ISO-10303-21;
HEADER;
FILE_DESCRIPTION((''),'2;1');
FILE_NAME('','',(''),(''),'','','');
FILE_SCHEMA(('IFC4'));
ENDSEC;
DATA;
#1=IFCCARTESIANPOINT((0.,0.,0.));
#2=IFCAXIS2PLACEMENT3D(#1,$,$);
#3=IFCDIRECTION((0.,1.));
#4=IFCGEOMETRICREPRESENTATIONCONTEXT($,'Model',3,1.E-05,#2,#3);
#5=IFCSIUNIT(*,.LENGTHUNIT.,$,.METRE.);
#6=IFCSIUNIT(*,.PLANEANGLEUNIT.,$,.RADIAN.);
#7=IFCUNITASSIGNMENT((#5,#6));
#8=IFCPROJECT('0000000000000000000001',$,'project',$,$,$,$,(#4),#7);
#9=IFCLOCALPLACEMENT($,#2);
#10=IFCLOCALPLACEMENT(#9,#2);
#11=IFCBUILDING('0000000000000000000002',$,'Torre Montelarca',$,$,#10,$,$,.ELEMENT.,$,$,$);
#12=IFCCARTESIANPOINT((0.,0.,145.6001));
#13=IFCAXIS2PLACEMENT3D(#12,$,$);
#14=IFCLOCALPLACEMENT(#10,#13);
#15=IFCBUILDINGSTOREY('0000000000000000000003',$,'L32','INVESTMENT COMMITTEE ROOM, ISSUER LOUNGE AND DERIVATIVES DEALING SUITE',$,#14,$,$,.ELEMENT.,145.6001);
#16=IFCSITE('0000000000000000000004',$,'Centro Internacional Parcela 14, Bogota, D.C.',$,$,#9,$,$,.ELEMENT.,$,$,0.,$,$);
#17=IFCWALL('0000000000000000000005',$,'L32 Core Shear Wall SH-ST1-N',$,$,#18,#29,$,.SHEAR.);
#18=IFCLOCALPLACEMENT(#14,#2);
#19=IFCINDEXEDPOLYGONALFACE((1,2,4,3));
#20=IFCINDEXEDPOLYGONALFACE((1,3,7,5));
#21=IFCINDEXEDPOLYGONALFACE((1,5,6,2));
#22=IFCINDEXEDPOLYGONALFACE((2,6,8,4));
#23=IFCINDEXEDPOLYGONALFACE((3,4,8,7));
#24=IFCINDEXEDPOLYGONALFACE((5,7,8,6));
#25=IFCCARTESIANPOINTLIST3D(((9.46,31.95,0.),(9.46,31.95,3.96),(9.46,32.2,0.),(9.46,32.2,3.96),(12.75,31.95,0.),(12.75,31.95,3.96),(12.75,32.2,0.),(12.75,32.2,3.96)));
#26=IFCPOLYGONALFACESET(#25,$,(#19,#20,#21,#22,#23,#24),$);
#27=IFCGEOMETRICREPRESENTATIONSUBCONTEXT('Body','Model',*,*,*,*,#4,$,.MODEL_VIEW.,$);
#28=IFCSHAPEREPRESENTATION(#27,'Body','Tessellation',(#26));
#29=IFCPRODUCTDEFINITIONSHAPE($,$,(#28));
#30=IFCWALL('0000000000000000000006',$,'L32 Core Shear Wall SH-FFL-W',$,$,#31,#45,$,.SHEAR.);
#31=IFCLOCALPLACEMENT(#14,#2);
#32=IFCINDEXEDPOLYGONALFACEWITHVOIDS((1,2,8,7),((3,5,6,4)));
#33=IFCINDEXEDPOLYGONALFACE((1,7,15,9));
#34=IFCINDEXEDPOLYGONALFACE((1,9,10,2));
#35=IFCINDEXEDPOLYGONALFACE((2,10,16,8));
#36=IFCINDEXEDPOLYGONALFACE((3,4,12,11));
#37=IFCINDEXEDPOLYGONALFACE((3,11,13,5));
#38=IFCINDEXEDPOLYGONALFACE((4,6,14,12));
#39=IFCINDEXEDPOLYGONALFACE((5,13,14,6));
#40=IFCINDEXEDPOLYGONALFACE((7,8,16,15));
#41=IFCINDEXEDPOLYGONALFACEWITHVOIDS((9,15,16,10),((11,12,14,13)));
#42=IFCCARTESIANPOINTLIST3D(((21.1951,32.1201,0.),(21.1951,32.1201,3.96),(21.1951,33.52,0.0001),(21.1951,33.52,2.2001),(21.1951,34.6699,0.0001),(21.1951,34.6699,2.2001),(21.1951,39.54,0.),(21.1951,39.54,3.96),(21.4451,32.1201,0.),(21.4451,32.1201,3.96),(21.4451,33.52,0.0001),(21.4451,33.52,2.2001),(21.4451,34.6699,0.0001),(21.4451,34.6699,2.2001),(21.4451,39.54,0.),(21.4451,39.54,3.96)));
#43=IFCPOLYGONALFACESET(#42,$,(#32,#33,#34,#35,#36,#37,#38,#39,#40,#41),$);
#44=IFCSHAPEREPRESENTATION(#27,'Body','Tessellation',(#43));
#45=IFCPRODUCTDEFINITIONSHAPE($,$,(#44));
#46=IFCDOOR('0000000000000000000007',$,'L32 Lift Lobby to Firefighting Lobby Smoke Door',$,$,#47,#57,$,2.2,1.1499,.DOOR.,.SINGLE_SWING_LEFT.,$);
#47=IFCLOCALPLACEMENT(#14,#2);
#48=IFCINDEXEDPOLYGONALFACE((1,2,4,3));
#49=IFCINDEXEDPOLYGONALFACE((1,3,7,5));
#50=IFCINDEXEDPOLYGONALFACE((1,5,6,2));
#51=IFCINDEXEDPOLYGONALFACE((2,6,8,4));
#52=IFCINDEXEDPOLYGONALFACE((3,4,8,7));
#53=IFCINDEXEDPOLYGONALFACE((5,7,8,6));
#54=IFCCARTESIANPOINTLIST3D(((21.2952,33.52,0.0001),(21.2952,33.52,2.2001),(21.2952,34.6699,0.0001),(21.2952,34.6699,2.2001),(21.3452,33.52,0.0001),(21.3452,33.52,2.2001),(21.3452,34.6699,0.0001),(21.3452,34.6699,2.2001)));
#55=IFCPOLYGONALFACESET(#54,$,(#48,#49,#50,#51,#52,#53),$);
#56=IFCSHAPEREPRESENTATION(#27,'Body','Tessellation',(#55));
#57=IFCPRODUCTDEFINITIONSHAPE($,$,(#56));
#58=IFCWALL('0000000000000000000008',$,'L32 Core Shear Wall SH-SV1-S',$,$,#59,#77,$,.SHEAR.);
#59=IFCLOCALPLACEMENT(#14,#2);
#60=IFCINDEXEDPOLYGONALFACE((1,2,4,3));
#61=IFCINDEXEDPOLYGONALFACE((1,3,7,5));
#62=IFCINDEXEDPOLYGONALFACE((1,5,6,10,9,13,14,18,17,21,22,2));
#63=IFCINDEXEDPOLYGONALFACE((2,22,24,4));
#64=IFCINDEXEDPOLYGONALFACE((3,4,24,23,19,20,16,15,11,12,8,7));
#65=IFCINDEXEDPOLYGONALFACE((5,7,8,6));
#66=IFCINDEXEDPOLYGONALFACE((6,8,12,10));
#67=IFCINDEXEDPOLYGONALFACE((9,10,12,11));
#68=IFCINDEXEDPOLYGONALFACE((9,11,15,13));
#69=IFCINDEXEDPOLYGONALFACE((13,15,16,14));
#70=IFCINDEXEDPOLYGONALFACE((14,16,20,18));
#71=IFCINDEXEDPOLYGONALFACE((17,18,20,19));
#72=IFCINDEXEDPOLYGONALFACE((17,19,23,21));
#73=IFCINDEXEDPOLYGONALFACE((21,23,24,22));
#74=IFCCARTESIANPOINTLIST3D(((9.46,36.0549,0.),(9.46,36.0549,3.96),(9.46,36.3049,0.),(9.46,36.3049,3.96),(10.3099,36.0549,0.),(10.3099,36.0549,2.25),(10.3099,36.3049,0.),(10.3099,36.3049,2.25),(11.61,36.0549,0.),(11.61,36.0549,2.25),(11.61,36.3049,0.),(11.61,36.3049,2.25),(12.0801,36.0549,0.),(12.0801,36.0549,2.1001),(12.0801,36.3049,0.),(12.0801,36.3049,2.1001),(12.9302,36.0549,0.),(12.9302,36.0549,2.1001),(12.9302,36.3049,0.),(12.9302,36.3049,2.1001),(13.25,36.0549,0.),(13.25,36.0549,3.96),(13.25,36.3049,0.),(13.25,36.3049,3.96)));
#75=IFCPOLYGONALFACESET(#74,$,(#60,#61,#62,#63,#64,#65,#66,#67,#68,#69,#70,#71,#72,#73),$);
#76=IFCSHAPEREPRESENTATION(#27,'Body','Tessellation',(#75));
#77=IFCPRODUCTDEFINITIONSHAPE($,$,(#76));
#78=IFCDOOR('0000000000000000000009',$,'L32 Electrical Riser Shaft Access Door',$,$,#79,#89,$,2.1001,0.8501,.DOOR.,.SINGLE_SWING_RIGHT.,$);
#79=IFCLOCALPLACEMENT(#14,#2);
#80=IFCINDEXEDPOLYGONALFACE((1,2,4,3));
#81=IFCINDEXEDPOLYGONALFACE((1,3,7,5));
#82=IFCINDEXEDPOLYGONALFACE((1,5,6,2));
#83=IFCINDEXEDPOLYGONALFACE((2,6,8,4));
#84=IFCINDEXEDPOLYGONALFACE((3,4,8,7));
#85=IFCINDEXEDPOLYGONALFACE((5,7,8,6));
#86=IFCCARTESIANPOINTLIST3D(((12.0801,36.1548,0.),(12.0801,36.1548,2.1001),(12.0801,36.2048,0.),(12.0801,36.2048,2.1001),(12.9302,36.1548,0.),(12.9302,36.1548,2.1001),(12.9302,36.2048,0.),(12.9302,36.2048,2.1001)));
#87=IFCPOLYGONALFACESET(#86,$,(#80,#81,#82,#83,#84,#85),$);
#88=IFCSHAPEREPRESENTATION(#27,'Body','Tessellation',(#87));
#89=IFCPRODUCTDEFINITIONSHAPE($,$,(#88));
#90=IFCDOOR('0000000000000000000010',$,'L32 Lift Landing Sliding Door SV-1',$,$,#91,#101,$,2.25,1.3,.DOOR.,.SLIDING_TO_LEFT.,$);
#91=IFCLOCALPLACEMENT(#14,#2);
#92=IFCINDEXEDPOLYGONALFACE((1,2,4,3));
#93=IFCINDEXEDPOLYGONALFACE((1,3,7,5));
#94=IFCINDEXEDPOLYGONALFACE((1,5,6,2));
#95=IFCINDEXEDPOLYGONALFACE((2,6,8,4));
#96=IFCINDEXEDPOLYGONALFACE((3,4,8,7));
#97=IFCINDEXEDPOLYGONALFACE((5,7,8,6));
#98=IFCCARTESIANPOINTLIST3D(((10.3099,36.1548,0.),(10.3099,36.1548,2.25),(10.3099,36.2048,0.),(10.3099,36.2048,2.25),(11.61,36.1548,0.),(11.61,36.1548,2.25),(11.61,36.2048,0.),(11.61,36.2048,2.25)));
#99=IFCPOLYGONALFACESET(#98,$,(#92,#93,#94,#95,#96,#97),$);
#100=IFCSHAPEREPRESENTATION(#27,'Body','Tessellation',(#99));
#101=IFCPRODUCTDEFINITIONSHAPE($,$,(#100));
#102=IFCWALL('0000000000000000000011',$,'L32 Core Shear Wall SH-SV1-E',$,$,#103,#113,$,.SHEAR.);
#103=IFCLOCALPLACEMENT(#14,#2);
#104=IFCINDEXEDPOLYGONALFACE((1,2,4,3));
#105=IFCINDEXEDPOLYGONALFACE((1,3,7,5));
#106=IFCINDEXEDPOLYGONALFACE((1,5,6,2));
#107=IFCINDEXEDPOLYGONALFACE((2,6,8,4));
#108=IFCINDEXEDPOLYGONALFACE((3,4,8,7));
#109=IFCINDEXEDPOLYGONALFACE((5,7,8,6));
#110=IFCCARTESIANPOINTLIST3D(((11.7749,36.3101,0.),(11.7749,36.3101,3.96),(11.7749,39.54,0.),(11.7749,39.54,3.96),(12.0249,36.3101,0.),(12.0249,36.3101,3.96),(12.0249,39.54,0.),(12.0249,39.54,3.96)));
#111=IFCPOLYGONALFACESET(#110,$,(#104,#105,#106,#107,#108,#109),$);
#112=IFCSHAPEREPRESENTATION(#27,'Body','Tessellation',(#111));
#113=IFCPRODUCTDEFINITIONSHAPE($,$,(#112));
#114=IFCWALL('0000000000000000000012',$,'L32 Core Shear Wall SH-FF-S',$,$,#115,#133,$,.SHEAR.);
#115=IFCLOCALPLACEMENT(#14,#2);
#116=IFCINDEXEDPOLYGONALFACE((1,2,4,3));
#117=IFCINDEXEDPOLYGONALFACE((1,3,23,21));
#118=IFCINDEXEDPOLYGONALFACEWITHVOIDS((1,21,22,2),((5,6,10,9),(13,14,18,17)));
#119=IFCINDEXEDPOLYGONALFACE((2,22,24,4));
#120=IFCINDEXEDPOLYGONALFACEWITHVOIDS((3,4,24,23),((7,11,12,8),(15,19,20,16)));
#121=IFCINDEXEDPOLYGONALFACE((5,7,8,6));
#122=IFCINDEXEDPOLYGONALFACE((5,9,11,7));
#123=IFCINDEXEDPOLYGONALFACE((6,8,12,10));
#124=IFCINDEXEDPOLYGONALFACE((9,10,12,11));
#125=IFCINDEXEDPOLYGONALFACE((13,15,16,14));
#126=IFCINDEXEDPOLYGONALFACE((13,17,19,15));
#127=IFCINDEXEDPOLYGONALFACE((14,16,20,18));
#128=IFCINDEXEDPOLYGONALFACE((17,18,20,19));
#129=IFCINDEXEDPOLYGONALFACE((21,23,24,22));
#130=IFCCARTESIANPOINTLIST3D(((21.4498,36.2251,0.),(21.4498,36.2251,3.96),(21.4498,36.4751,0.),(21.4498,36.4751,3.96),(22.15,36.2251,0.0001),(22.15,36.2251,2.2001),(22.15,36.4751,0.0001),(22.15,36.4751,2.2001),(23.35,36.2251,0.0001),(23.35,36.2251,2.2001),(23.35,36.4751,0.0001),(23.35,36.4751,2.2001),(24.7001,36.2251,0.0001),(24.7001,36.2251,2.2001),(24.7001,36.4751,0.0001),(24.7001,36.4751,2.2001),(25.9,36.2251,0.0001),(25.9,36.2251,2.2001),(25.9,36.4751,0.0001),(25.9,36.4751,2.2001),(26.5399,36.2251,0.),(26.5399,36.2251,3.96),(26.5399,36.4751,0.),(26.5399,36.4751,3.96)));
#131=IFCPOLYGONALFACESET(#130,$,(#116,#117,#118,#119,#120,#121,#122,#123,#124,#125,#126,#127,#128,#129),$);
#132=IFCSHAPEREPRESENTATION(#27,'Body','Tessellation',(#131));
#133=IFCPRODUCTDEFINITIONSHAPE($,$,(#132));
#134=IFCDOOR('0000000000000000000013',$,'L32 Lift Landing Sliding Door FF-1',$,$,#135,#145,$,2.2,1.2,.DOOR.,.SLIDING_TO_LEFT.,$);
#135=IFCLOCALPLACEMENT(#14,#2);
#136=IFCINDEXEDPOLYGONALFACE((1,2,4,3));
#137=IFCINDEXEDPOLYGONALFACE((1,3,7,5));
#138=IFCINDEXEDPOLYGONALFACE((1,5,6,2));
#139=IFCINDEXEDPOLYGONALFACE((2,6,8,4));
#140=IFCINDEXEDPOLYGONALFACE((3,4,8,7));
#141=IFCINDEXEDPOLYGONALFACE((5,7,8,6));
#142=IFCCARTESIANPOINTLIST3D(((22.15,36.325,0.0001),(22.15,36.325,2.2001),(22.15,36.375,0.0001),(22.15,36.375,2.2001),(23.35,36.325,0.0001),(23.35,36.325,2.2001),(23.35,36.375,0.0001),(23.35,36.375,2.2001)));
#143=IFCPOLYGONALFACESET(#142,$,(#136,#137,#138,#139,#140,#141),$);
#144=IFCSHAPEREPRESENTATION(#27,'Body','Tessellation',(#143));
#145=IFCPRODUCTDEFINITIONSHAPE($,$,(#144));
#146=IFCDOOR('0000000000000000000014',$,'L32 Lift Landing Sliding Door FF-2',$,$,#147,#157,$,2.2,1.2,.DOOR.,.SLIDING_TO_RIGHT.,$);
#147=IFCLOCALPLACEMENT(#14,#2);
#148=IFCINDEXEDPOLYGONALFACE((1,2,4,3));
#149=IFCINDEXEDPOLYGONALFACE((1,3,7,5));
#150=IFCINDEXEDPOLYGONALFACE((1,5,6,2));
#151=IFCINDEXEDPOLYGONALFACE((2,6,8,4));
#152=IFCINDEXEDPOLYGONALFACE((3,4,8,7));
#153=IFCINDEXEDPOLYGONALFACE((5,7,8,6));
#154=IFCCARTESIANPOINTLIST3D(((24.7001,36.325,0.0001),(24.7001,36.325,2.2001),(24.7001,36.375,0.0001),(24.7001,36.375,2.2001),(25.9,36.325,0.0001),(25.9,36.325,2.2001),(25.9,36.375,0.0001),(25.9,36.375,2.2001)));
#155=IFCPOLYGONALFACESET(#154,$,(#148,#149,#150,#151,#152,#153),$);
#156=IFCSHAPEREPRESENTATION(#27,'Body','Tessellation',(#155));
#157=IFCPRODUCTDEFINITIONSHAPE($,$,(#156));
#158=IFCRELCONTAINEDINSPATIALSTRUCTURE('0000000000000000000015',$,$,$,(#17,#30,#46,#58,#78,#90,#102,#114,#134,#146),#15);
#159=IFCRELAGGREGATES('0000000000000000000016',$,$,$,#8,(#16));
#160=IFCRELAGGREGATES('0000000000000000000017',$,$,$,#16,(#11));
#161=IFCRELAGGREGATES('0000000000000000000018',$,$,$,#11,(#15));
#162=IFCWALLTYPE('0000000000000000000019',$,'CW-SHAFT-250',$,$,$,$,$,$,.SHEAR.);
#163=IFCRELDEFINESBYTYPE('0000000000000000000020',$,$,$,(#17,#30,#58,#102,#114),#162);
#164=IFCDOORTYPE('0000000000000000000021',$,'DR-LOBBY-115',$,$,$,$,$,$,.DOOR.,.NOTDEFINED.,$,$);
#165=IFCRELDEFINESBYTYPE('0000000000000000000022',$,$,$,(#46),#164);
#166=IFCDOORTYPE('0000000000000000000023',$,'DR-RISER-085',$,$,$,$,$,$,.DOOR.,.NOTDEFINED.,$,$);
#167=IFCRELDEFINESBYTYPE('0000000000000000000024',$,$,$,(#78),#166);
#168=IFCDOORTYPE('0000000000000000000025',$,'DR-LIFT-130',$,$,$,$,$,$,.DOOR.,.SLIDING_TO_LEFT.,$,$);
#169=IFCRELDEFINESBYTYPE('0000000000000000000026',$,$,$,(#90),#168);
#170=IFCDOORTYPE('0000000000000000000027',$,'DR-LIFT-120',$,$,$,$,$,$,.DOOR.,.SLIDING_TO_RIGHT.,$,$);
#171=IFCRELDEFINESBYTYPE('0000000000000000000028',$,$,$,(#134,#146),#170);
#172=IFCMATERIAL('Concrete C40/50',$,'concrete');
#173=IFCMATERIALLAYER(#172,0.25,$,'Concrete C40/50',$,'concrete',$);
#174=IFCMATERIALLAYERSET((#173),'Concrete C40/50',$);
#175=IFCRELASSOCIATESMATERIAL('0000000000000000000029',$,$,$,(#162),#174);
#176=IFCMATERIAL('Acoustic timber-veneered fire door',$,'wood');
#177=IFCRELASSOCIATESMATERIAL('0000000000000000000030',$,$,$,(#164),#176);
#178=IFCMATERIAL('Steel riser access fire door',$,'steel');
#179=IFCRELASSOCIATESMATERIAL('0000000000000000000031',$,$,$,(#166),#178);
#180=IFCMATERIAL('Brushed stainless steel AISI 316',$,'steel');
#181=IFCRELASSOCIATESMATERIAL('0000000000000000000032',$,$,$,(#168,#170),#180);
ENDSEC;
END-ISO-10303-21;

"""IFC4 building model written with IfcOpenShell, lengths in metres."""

from ifc_helpers import new_model, si_unit, direction, frame, frame_2d, origin, place, context, subcontext, project, spatial, rectangle, extrude, source, transform, mapped, material, layer, layer_set, type_object, element, fill, save


model = new_model("IFC4")

# Units and contexts
model_context = context("Model", 3, precision=1e-05, world=origin(), true_north=direction((0.0, 1.0)))
body_context = subcontext(model_context, "Body", "Model", "MODEL_VIEW")
ifc_project = project(units=[si_unit("LENGTHUNIT", "METRE"), si_unit("PLANEANGLEUNIT", "RADIAN")], contexts=[model_context])

# Site, building, storey
site_placement = place(None, origin())
site = spatial("IfcSite", under=ifc_project, at=site_placement, Name="Centro Internacional Parcela 14, Bogota, D.C.", CompositionType="ELEMENT", RefElevation=0.0)
building_placement = place(site_placement, origin())
building = spatial("IfcBuilding", under=site, at=building_placement, Name="Torre Montelarca", CompositionType="ELEMENT")
storey_placement = place(building_placement, frame((0.0, 0.0, 145.6001)))
storey = spatial("IfcBuildingStorey", under=building, at=storey_placement, Name="L32", Description="INVESTMENT COMMITTEE ROOM, ISSUER LOUNGE AND DERIVATIVES DEALING SUITE", CompositionType="ELEMENT", Elevation=145.6001)

# Wall
ifc_material_1 = material(Name="Concrete C40/50", Category="concrete")
ifc_layer_1 = layer(ifc_material_1, 0.25, Name="Concrete C40/50", Category="concrete")
ifc_layer_set_1 = layer_set([ifc_layer_1], Name="Concrete C40/50")
wall_type_1 = type_object("IfcWallType", Name="CW-SHAFT-250", PredefinedType="SHEAR", material=ifc_layer_set_1)
wall_1_placement = place(storey_placement, frame((9.46, 32.075, 0.0), z_axis=(0.0, 0.0, 1.0), x_axis=(1.0, 0.0, 0.0)))
element("IfcWall", 1, at=wall_1_placement, inside=storey, type_object=wall_type_1, Name="L32 Core Shear Wall SH-ST1-N", PredefinedType="SHEAR", context=body_context, shape_type="SweptSolid", body=[
    extrude(rectangle(XDim=3.29, YDim=0.25, at=frame_2d((1.645, 0.0))), origin(), (0.0, 0.0, 1.0), 3.96),
])

# Wall, opening, door
wall_2_placement = place(storey_placement, frame((21.3201, 32.1201, 0.0), z_axis=(0.0, 0.0, 1.0), x_axis=(0.0, 1.0, 0.0)))
wall_2 = element("IfcWall", 2, at=wall_2_placement, inside=storey, type_object=wall_type_1, Name="L32 Core Shear Wall SH-FFL-W", PredefinedType="SHEAR", context=body_context, shape_type="SweptSolid", body=[
    extrude(rectangle(XDim=7.4199, YDim=0.25, at=frame_2d((3.71, 0.0))), origin(), (0.0, 0.0, 1.0), 3.96),
])
opening_1_placement = place(wall_2_placement, frame((1.3999, 0.0, 0.0)))
opening_1 = element("IfcOpeningElement", 3, at=opening_1_placement, cuts=wall_2, PredefinedType="OPENING", context=body_context, shape_type="SweptSolid", body=[
    extrude(rectangle(XDim=1.1499, YDim=2.2, at=frame_2d((0.575, 1.1001))), frame((0.0, 0.135, 0.0), z_axis=(0.0, -1.0, 0.0), x_axis=(1.0, 0.0, 0.0)), (0.0, 0.0, 1.0), 0.27),
])
ifc_material_2 = material(Name="Acoustic timber-veneered fire door", Category="wood")
door_type_1 = type_object("IfcDoorType", Name="DR-LOBBY-115", OperationType="NOTDEFINED", PredefinedType="DOOR", material=ifc_material_2)
shared_shape_1 = source(origin(), body_context, "Body", "SweptSolid", [
    extrude(rectangle(XDim=1.1499, YDim=2.2, at=frame_2d((0.575, 1.1001))), frame((0.0, 0.0249, 0.0), z_axis=(0.0, -1.0, 0.0), x_axis=(1.0, 0.0, 0.0)), (0.0, 0.0, 1.0), 0.05),
])
door_1_placement = place(opening_1_placement, origin())
door_1 = element("IfcDoor", 4, at=door_1_placement, inside=storey, type_object=door_type_1, Name="L32 Lift Lobby to Firefighting Lobby Smoke Door", OperationType="SINGLE_SWING_LEFT", OverallHeight=2.2, OverallWidth=1.1499, PredefinedType="DOOR", context=body_context, shape_type="MappedRepresentation", body=[
    mapped(shared_shape_1, transform((0.0, 0.0, 0.0), scale=1.0)),
])
fill(opening_1, door_1)

# Wall, openings, doors
wall_3_placement = place(storey_placement, frame((9.46, 36.1799, 0.0), z_axis=(0.0, 0.0, 1.0), x_axis=(1.0, 0.0, 0.0)))
wall_3 = element("IfcWall", 5, at=wall_3_placement, inside=storey, type_object=wall_type_1, Name="L32 Core Shear Wall SH-SV1-S", PredefinedType="SHEAR", context=body_context, shape_type="SweptSolid", body=[
    extrude(rectangle(XDim=3.79, YDim=0.25, at=frame_2d((1.895, 0.0))), origin(), (0.0, 0.0, 1.0), 3.96),
])
opening_2_placement = place(wall_3_placement, frame((2.6201, 0.0, 0.0)))
opening_2 = element("IfcOpeningElement", 6, at=opening_2_placement, cuts=wall_3, PredefinedType="OPENING", context=body_context, shape_type="SweptSolid", body=[
    extrude(rectangle(XDim=0.8501, YDim=2.1001, at=frame_2d((0.425, 1.05))), frame((0.0, 0.135, 0.0), z_axis=(0.0, -1.0, 0.0), x_axis=(1.0, 0.0, 0.0)), (0.0, 0.0, 1.0), 0.27),
])
opening_3_placement = place(wall_3_placement, frame((0.8501, 0.0, 0.0)))
opening_3 = element("IfcOpeningElement", 7, at=opening_3_placement, cuts=wall_3, PredefinedType="OPENING", context=body_context, shape_type="SweptSolid", body=[
    extrude(rectangle(XDim=1.3, YDim=2.25, at=frame_2d((0.6499, 1.125))), frame((0.0, 0.135, 0.0), z_axis=(0.0, -1.0, 0.0), x_axis=(1.0, 0.0, 0.0)), (0.0, 0.0, 1.0), 0.27),
])
ifc_material_3 = material(Name="Steel riser access fire door", Category="steel")
door_type_2 = type_object("IfcDoorType", Name="DR-RISER-085", OperationType="NOTDEFINED", PredefinedType="DOOR", material=ifc_material_3)
shared_shape_2 = source(origin(), body_context, "Body", "SweptSolid", [
    extrude(rectangle(XDim=0.8501, YDim=2.1001, at=frame_2d((0.425, 1.05))), frame((0.0, 0.0249, 0.0), z_axis=(0.0, -1.0, 0.0), x_axis=(1.0, 0.0, 0.0)), (0.0, 0.0, 1.0), 0.05),
])
door_2_placement = place(opening_2_placement, origin())
door_2 = element("IfcDoor", 8, at=door_2_placement, inside=storey, type_object=door_type_2, Name="L32 Electrical Riser Shaft Access Door", OperationType="SINGLE_SWING_RIGHT", OverallHeight=2.1001, OverallWidth=0.8501, PredefinedType="DOOR", context=body_context, shape_type="MappedRepresentation", body=[
    mapped(shared_shape_2, transform((0.0, 0.0, 0.0), scale=1.0)),
])
fill(opening_2, door_2)
ifc_material_4 = material(Name="Brushed stainless steel AISI 316", Category="steel")
door_type_3 = type_object("IfcDoorType", Name="DR-LIFT-130", OperationType="SLIDING_TO_LEFT", PredefinedType="DOOR", material=ifc_material_4)
shared_shape_3 = source(origin(), body_context, "Body", "SweptSolid", [
    extrude(rectangle(XDim=1.3, YDim=2.25, at=frame_2d((0.6499, 1.125))), frame((0.0, 0.0249, 0.0), z_axis=(0.0, -1.0, 0.0), x_axis=(1.0, 0.0, 0.0)), (0.0, 0.0, 1.0), 0.05),
])
door_3_placement = place(opening_3_placement, origin())
door_3 = element("IfcDoor", 9, at=door_3_placement, inside=storey, type_object=door_type_3, Name="L32 Lift Landing Sliding Door SV-1", OperationType="SLIDING_TO_LEFT", OverallHeight=2.25, OverallWidth=1.3, PredefinedType="DOOR", context=body_context, shape_type="MappedRepresentation", body=[
    mapped(shared_shape_3, transform((0.0, 0.0, 0.0), scale=1.0)),
])
fill(opening_3, door_3)

# Wall
wall_4_placement = place(storey_placement, frame((11.8999, 36.3101, 0.0), z_axis=(0.0, 0.0, 1.0), x_axis=(0.0, 1.0, 0.0)))
element("IfcWall", 10, at=wall_4_placement, inside=storey, type_object=wall_type_1, Name="L32 Core Shear Wall SH-SV1-E", PredefinedType="SHEAR", context=body_context, shape_type="SweptSolid", body=[
    extrude(rectangle(XDim=3.23, YDim=0.25, at=frame_2d((1.615, 0.0))), origin(), (0.0, 0.0, 1.0), 3.96),
])

# Wall, openings, doors
wall_5_placement = place(storey_placement, frame((21.45, 36.3501, 0.0), z_axis=(0.0, 0.0, 1.0), x_axis=(1.0, 0.0, 0.0)))
wall_5 = element("IfcWall", 11, at=wall_5_placement, inside=storey, type_object=wall_type_1, Name="L32 Core Shear Wall SH-FF-S", PredefinedType="SHEAR", context=body_context, shape_type="SweptSolid", body=[
    extrude(rectangle(XDim=5.0901, YDim=0.25, at=frame_2d((2.5449, 0.0))), origin(), (0.0, 0.0, 1.0), 3.96),
])
opening_4_placement = place(wall_5_placement, frame((0.7, 0.0, 0.0)))
opening_4 = element("IfcOpeningElement", 12, at=opening_4_placement, cuts=wall_5, PredefinedType="OPENING", context=body_context, shape_type="SweptSolid", body=[
    extrude(rectangle(XDim=1.2, YDim=2.2, at=frame_2d((0.6001, 1.1001))), frame((0.0, 0.135, 0.0), z_axis=(0.0, -1.0, 0.0), x_axis=(1.0, 0.0, 0.0)), (0.0, 0.0, 1.0), 0.27),
])
opening_5_placement = place(wall_5_placement, frame((3.25, 0.0, 0.0)))
opening_5 = element("IfcOpeningElement", 13, at=opening_5_placement, cuts=wall_5, PredefinedType="OPENING", context=body_context, shape_type="SweptSolid", body=[
    extrude(rectangle(XDim=1.2, YDim=2.2, at=frame_2d((0.6001, 1.1001))), frame((0.0, 0.135, 0.0), z_axis=(0.0, -1.0, 0.0), x_axis=(1.0, 0.0, 0.0)), (0.0, 0.0, 1.0), 0.27),
])
door_type_4 = type_object("IfcDoorType", Name="DR-LIFT-120", OperationType="SLIDING_TO_RIGHT", PredefinedType="DOOR", material=ifc_material_4)
shared_shape_4 = source(origin(), body_context, "Body", "SweptSolid", [
    extrude(rectangle(XDim=1.2, YDim=2.2, at=frame_2d((0.6001, 1.1001))), frame((0.0, 0.0249, 0.0), z_axis=(0.0, -1.0, 0.0), x_axis=(1.0, 0.0, 0.0)), (0.0, 0.0, 1.0), 0.05),
])
door_4_placement = place(opening_4_placement, origin())
door_4 = element("IfcDoor", 14, at=door_4_placement, inside=storey, type_object=door_type_4, Name="L32 Lift Landing Sliding Door FF-1", OperationType="SLIDING_TO_LEFT", OverallHeight=2.2, OverallWidth=1.2, PredefinedType="DOOR", context=body_context, shape_type="MappedRepresentation", body=[
    mapped(shared_shape_4, transform((0.0, 0.0, 0.0), scale=1.0)),
])
fill(opening_4, door_4)
door_5_placement = place(opening_5_placement, origin())
door_5 = element("IfcDoor", 15, at=door_5_placement, inside=storey, type_object=door_type_4, Name="L32 Lift Landing Sliding Door FF-2", OperationType="SLIDING_TO_RIGHT", OverallHeight=2.2, OverallWidth=1.2, PredefinedType="DOOR", context=body_context, shape_type="MappedRepresentation", body=[
    mapped(shared_shape_4, transform((0.0, 0.0, 0.0), scale=1.0)),
])
fill(opening_5, door_5)

save(model, "model.ifc")
